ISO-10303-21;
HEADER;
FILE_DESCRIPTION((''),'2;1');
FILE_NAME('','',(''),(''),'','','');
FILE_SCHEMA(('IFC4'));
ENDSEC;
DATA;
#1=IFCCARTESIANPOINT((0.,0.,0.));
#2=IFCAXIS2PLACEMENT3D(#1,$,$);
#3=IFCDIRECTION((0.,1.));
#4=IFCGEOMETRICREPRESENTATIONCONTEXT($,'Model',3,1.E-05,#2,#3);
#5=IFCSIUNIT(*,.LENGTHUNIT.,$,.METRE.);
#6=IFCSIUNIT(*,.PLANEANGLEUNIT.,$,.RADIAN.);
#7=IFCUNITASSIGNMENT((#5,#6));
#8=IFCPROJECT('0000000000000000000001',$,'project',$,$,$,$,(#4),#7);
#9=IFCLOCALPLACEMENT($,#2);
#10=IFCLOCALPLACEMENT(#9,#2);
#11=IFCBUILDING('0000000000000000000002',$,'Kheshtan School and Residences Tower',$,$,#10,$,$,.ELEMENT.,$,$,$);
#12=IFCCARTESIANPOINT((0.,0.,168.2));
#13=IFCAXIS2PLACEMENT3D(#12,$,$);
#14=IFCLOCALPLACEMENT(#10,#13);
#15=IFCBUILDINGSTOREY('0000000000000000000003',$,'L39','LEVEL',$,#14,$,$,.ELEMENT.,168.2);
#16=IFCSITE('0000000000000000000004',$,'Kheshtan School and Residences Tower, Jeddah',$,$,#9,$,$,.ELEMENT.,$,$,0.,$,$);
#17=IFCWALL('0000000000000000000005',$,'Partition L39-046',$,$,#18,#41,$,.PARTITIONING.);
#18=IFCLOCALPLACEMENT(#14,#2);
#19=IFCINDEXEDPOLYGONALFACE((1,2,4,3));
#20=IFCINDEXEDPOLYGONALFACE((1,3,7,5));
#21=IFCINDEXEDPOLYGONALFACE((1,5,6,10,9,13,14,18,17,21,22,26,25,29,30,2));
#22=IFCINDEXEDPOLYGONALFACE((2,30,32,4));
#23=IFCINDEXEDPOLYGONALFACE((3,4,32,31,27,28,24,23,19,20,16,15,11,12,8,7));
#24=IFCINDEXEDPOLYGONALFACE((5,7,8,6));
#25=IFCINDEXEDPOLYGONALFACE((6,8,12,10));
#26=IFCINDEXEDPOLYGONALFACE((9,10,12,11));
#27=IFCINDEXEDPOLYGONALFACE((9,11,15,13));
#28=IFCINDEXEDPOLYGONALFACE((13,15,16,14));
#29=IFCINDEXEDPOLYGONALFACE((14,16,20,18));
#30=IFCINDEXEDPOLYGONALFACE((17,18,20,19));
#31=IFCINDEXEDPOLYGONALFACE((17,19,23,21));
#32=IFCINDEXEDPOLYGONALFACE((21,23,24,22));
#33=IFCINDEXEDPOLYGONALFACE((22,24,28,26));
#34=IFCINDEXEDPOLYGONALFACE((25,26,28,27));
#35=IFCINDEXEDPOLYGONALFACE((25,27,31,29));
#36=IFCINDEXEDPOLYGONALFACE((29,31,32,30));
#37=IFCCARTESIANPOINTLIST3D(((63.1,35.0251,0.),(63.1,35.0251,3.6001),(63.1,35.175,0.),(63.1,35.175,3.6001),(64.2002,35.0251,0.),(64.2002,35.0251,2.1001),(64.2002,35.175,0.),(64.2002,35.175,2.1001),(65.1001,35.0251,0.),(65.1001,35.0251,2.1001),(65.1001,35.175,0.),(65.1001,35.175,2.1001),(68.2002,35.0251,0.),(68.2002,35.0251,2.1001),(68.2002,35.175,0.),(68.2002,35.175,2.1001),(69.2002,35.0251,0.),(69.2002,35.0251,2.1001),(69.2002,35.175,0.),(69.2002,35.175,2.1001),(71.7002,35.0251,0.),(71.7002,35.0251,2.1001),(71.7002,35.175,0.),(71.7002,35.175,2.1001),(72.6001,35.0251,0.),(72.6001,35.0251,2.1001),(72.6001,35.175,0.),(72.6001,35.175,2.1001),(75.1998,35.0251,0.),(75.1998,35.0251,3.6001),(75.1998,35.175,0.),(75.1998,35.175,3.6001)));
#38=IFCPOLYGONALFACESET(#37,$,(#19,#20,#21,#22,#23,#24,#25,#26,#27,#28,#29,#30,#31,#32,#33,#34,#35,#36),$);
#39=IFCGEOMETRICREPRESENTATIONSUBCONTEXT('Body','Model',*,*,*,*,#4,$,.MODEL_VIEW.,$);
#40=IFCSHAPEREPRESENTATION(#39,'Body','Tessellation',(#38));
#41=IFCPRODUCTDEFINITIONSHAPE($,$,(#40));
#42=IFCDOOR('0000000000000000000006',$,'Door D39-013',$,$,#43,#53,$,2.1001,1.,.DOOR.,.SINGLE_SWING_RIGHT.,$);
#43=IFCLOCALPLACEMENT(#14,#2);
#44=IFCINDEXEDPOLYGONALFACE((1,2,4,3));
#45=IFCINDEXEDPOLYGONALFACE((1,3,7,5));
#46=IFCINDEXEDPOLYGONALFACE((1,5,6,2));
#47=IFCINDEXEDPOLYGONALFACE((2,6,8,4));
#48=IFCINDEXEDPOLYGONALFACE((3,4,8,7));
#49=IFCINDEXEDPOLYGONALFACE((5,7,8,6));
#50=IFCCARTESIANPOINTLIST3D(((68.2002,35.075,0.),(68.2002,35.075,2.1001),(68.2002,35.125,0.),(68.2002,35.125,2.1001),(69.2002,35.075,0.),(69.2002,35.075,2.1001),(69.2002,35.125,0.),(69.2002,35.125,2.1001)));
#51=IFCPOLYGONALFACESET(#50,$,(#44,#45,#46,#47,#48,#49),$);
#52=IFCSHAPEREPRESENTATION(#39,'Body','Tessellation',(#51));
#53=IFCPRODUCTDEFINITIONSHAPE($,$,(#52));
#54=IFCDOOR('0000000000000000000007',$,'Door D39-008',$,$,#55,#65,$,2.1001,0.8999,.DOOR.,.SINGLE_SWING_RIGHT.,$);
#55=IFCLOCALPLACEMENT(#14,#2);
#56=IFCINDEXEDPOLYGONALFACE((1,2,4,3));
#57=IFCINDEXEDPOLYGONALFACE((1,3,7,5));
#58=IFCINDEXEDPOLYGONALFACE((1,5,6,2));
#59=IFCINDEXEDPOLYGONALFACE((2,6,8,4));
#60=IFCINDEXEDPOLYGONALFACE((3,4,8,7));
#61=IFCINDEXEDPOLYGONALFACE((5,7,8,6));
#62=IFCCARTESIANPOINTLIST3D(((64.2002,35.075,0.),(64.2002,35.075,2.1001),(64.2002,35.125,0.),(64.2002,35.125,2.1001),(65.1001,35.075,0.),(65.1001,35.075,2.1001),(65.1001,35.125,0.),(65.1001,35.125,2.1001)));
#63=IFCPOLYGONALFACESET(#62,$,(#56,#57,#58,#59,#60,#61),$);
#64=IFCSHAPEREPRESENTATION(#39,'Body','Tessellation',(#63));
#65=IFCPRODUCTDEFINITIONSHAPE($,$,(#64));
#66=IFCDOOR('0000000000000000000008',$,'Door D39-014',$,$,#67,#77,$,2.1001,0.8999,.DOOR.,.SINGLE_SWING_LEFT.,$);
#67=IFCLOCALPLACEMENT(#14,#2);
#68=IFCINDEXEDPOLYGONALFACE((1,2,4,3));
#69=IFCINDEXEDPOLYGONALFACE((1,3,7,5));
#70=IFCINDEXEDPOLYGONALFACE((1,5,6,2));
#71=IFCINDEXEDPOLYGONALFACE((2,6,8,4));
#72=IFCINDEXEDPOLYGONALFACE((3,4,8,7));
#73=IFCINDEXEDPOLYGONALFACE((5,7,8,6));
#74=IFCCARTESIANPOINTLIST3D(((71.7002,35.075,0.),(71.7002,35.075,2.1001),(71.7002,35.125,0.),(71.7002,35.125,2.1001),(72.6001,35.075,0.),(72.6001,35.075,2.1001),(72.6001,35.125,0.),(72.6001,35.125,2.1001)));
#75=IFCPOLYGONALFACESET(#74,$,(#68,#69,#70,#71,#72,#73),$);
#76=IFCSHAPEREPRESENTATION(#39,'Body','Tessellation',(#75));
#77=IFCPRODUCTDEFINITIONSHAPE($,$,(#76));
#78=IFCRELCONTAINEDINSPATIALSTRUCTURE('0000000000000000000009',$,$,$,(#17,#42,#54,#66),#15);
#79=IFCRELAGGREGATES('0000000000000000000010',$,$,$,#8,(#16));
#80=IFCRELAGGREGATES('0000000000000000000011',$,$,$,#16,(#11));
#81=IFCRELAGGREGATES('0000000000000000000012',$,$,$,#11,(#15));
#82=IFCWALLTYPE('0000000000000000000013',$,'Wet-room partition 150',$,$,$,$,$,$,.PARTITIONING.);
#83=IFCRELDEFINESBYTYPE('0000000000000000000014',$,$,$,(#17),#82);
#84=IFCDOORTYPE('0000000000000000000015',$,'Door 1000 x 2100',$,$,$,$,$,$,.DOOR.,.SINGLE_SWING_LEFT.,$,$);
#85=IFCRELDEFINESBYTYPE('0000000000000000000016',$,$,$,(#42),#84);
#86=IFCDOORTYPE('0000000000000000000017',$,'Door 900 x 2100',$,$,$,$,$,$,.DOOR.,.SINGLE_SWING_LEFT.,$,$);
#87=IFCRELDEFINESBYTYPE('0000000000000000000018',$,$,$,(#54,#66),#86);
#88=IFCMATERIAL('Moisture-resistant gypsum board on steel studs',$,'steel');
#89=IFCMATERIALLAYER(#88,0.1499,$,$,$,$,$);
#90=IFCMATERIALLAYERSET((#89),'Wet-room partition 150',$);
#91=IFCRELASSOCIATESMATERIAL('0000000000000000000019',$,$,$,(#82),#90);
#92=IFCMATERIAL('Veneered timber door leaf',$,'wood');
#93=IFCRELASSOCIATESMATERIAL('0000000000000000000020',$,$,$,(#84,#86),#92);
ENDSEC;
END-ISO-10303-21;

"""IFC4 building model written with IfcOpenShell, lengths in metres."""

from ifc_helpers import new_model, si_unit, direction, frame, frame_2d, origin, place, context, subcontext, project, spatial, rectangle, extrude, source, transform, mapped, material, layer, layer_set, type_object, element, fill, save


model = new_model("IFC4")

# Units and contexts
model_context = context("Model", 3, precision=1e-05, world=origin(), true_north=direction((0.0, 1.0)))
body_context = subcontext(model_context, "Body", "Model", "MODEL_VIEW")
ifc_project = project(units=[si_unit("LENGTHUNIT", "METRE"), si_unit("PLANEANGLEUNIT", "RADIAN")], contexts=[model_context])

# Site, building, storey
site_placement = place(None, origin())
site = spatial("IfcSite", under=ifc_project, at=site_placement, Name="Kheshtan School and Residences Tower, Jeddah", CompositionType="ELEMENT", RefElevation=0.0)
building_placement = place(site_placement, origin())
building = spatial("IfcBuilding", under=site, at=building_placement, Name="Kheshtan School and Residences Tower", CompositionType="ELEMENT")
storey_placement = place(building_placement, frame((0.0, 0.0, 168.2)))
storey = spatial("IfcBuildingStorey", under=building, at=storey_placement, Name="L39", Description="LEVEL", CompositionType="ELEMENT", Elevation=168.2)

# Wall, openings, doors
ifc_material_1 = material(Name="Moisture-resistant gypsum board on steel studs", Category="steel")
ifc_layer_1 = layer(ifc_material_1, 0.1499)
ifc_layer_set_1 = layer_set([ifc_layer_1], Name="Wet-room partition 150")
wall_type_1 = type_object("IfcWallType", Name="Wet-room partition 150", PredefinedType="PARTITIONING", material=ifc_layer_set_1)
ifc_material_2 = material(Name="Veneered timber door leaf", Category="wood")
door_type_1 = type_object("IfcDoorType", Name="Door 1000 x 2100", OperationType="SINGLE_SWING_LEFT", PredefinedType="DOOR", material=ifc_material_2)
shared_shape_1 = source(origin(), body_context, "Body", "SweptSolid", [
    extrude(rectangle(XDim=1.0, YDim=2.1001, at=frame_2d((0.5, 1.05))), frame((0.0, 0.0249, 0.0), z_axis=(0.0, -1.0, 0.0), x_axis=(1.0, 0.0, 0.0)), (0.0, 0.0, 1.0), 0.05),
])
door_type_2 = type_object("IfcDoorType", Name="Door 900 x 2100", OperationType="SINGLE_SWING_LEFT", PredefinedType="DOOR", material=ifc_material_2)
shared_shape_2 = source(origin(), body_context, "Body", "SweptSolid", [
    extrude(rectangle(XDim=0.8999, YDim=2.1001, at=frame_2d((0.45, 1.05))), frame((0.0, 0.0249, 0.0), z_axis=(0.0, -1.0, 0.0), x_axis=(1.0, 0.0, 0.0)), (0.0, 0.0, 1.0), 0.05),
])
wall_1_placement = place(storey_placement, frame((63.1001, 35.1001, 0.0), z_axis=(0.0, 0.0, 1.0), x_axis=(1.0, 0.0, 0.0)))
wall_1 = element("IfcWall", 1, at=wall_1_placement, inside=storey, type_object=wall_type_1, Name="Partition L39-046", PredefinedType="PARTITIONING", context=body_context, shape_type="SweptSolid", body=[
    extrude(rectangle(XDim=12.0999, YDim=0.1499, at=frame_2d((6.0498, 0.0))), origin(), (0.0, 0.0, 1.0), 3.6001),
])
opening_1_placement = place(wall_1_placement, frame((1.1001, 0.0, 0.0)))
opening_1 = element("IfcOpeningElement", 2, at=opening_1_placement, cuts=wall_1, PredefinedType="OPENING", context=body_context, shape_type="SweptSolid", body=[
    extrude(rectangle(XDim=0.8999, YDim=2.1001, at=frame_2d((0.45, 1.05))), frame((0.0, 0.085, 0.0), z_axis=(0.0, -1.0, 0.0), x_axis=(1.0, 0.0, 0.0)), (0.0, 0.0, 1.0), 0.1699),
])
opening_2_placement = place(wall_1_placement, frame((5.1001, 0.0, 0.0)))
opening_2 = element("IfcOpeningElement", 3, at=opening_2_placement, cuts=wall_1, PredefinedType="OPENING", context=body_context, shape_type="SweptSolid", body=[
    extrude(rectangle(XDim=1.0, YDim=2.1001, at=frame_2d((0.5, 1.05))), frame((0.0, 0.085, 0.0), z_axis=(0.0, -1.0, 0.0), x_axis=(1.0, 0.0, 0.0)), (0.0, 0.0, 1.0), 0.1699),
])
opening_3_placement = place(wall_1_placement, frame((8.6001, 0.0, 0.0)))
opening_3 = element("IfcOpeningElement", 4, at=opening_3_placement, cuts=wall_1, PredefinedType="OPENING", context=body_context, shape_type="SweptSolid", body=[
    extrude(rectangle(XDim=0.8999, YDim=2.1001, at=frame_2d((0.45, 1.05))), frame((0.0, 0.085, 0.0), z_axis=(0.0, -1.0, 0.0), x_axis=(1.0, 0.0, 0.0)), (0.0, 0.0, 1.0), 0.1699),
])
door_1_placement = place(opening_2_placement, origin())
door_1 = element("IfcDoor", 5, at=door_1_placement, inside=storey, type_object=door_type_1, Name="Door D39-013", OperationType="SINGLE_SWING_RIGHT", OverallHeight=2.1001, OverallWidth=1.0, PredefinedType="DOOR", context=body_context, shape_type="MappedRepresentation", body=[
    mapped(shared_shape_1, transform((0.0, 0.0, 0.0), x_axis=(1.0, 0.0, 0.0), y_axis=(0.0, 1.0, 0.0), z_axis=(0.0, 0.0, 1.0), scale=1.0)),
])
fill(opening_2, door_1)
door_2_placement = place(opening_1_placement, origin())
door_2 = element("IfcDoor", 6, at=door_2_placement, inside=storey, type_object=door_type_2, Name="Door D39-008", OperationType="SINGLE_SWING_RIGHT", OverallHeight=2.1001, OverallWidth=0.8999, PredefinedType="DOOR", context=body_context, shape_type="MappedRepresentation", body=[
    mapped(shared_shape_2, transform((0.0, 0.0, 0.0), x_axis=(1.0, 0.0, 0.0), y_axis=(0.0, 1.0, 0.0), z_axis=(0.0, 0.0, 1.0), scale=1.0)),
])
fill(opening_1, door_2)
door_3_placement = place(opening_3_placement, origin())
door_3 = element("IfcDoor", 7, at=door_3_placement, inside=storey, type_object=door_type_2, Name="Door D39-014", OperationType="SINGLE_SWING_LEFT", OverallHeight=2.1001, OverallWidth=0.8999, PredefinedType="DOOR", context=body_context, shape_type="MappedRepresentation", body=[
    mapped(shared_shape_2, transform((0.0, 0.0, 0.0), x_axis=(1.0, 0.0, 0.0), y_axis=(0.0, 1.0, 0.0), z_axis=(0.0, 0.0, 1.0), scale=1.0)),
])
fill(opening_3, door_3)

save(model, "model.ifc")
